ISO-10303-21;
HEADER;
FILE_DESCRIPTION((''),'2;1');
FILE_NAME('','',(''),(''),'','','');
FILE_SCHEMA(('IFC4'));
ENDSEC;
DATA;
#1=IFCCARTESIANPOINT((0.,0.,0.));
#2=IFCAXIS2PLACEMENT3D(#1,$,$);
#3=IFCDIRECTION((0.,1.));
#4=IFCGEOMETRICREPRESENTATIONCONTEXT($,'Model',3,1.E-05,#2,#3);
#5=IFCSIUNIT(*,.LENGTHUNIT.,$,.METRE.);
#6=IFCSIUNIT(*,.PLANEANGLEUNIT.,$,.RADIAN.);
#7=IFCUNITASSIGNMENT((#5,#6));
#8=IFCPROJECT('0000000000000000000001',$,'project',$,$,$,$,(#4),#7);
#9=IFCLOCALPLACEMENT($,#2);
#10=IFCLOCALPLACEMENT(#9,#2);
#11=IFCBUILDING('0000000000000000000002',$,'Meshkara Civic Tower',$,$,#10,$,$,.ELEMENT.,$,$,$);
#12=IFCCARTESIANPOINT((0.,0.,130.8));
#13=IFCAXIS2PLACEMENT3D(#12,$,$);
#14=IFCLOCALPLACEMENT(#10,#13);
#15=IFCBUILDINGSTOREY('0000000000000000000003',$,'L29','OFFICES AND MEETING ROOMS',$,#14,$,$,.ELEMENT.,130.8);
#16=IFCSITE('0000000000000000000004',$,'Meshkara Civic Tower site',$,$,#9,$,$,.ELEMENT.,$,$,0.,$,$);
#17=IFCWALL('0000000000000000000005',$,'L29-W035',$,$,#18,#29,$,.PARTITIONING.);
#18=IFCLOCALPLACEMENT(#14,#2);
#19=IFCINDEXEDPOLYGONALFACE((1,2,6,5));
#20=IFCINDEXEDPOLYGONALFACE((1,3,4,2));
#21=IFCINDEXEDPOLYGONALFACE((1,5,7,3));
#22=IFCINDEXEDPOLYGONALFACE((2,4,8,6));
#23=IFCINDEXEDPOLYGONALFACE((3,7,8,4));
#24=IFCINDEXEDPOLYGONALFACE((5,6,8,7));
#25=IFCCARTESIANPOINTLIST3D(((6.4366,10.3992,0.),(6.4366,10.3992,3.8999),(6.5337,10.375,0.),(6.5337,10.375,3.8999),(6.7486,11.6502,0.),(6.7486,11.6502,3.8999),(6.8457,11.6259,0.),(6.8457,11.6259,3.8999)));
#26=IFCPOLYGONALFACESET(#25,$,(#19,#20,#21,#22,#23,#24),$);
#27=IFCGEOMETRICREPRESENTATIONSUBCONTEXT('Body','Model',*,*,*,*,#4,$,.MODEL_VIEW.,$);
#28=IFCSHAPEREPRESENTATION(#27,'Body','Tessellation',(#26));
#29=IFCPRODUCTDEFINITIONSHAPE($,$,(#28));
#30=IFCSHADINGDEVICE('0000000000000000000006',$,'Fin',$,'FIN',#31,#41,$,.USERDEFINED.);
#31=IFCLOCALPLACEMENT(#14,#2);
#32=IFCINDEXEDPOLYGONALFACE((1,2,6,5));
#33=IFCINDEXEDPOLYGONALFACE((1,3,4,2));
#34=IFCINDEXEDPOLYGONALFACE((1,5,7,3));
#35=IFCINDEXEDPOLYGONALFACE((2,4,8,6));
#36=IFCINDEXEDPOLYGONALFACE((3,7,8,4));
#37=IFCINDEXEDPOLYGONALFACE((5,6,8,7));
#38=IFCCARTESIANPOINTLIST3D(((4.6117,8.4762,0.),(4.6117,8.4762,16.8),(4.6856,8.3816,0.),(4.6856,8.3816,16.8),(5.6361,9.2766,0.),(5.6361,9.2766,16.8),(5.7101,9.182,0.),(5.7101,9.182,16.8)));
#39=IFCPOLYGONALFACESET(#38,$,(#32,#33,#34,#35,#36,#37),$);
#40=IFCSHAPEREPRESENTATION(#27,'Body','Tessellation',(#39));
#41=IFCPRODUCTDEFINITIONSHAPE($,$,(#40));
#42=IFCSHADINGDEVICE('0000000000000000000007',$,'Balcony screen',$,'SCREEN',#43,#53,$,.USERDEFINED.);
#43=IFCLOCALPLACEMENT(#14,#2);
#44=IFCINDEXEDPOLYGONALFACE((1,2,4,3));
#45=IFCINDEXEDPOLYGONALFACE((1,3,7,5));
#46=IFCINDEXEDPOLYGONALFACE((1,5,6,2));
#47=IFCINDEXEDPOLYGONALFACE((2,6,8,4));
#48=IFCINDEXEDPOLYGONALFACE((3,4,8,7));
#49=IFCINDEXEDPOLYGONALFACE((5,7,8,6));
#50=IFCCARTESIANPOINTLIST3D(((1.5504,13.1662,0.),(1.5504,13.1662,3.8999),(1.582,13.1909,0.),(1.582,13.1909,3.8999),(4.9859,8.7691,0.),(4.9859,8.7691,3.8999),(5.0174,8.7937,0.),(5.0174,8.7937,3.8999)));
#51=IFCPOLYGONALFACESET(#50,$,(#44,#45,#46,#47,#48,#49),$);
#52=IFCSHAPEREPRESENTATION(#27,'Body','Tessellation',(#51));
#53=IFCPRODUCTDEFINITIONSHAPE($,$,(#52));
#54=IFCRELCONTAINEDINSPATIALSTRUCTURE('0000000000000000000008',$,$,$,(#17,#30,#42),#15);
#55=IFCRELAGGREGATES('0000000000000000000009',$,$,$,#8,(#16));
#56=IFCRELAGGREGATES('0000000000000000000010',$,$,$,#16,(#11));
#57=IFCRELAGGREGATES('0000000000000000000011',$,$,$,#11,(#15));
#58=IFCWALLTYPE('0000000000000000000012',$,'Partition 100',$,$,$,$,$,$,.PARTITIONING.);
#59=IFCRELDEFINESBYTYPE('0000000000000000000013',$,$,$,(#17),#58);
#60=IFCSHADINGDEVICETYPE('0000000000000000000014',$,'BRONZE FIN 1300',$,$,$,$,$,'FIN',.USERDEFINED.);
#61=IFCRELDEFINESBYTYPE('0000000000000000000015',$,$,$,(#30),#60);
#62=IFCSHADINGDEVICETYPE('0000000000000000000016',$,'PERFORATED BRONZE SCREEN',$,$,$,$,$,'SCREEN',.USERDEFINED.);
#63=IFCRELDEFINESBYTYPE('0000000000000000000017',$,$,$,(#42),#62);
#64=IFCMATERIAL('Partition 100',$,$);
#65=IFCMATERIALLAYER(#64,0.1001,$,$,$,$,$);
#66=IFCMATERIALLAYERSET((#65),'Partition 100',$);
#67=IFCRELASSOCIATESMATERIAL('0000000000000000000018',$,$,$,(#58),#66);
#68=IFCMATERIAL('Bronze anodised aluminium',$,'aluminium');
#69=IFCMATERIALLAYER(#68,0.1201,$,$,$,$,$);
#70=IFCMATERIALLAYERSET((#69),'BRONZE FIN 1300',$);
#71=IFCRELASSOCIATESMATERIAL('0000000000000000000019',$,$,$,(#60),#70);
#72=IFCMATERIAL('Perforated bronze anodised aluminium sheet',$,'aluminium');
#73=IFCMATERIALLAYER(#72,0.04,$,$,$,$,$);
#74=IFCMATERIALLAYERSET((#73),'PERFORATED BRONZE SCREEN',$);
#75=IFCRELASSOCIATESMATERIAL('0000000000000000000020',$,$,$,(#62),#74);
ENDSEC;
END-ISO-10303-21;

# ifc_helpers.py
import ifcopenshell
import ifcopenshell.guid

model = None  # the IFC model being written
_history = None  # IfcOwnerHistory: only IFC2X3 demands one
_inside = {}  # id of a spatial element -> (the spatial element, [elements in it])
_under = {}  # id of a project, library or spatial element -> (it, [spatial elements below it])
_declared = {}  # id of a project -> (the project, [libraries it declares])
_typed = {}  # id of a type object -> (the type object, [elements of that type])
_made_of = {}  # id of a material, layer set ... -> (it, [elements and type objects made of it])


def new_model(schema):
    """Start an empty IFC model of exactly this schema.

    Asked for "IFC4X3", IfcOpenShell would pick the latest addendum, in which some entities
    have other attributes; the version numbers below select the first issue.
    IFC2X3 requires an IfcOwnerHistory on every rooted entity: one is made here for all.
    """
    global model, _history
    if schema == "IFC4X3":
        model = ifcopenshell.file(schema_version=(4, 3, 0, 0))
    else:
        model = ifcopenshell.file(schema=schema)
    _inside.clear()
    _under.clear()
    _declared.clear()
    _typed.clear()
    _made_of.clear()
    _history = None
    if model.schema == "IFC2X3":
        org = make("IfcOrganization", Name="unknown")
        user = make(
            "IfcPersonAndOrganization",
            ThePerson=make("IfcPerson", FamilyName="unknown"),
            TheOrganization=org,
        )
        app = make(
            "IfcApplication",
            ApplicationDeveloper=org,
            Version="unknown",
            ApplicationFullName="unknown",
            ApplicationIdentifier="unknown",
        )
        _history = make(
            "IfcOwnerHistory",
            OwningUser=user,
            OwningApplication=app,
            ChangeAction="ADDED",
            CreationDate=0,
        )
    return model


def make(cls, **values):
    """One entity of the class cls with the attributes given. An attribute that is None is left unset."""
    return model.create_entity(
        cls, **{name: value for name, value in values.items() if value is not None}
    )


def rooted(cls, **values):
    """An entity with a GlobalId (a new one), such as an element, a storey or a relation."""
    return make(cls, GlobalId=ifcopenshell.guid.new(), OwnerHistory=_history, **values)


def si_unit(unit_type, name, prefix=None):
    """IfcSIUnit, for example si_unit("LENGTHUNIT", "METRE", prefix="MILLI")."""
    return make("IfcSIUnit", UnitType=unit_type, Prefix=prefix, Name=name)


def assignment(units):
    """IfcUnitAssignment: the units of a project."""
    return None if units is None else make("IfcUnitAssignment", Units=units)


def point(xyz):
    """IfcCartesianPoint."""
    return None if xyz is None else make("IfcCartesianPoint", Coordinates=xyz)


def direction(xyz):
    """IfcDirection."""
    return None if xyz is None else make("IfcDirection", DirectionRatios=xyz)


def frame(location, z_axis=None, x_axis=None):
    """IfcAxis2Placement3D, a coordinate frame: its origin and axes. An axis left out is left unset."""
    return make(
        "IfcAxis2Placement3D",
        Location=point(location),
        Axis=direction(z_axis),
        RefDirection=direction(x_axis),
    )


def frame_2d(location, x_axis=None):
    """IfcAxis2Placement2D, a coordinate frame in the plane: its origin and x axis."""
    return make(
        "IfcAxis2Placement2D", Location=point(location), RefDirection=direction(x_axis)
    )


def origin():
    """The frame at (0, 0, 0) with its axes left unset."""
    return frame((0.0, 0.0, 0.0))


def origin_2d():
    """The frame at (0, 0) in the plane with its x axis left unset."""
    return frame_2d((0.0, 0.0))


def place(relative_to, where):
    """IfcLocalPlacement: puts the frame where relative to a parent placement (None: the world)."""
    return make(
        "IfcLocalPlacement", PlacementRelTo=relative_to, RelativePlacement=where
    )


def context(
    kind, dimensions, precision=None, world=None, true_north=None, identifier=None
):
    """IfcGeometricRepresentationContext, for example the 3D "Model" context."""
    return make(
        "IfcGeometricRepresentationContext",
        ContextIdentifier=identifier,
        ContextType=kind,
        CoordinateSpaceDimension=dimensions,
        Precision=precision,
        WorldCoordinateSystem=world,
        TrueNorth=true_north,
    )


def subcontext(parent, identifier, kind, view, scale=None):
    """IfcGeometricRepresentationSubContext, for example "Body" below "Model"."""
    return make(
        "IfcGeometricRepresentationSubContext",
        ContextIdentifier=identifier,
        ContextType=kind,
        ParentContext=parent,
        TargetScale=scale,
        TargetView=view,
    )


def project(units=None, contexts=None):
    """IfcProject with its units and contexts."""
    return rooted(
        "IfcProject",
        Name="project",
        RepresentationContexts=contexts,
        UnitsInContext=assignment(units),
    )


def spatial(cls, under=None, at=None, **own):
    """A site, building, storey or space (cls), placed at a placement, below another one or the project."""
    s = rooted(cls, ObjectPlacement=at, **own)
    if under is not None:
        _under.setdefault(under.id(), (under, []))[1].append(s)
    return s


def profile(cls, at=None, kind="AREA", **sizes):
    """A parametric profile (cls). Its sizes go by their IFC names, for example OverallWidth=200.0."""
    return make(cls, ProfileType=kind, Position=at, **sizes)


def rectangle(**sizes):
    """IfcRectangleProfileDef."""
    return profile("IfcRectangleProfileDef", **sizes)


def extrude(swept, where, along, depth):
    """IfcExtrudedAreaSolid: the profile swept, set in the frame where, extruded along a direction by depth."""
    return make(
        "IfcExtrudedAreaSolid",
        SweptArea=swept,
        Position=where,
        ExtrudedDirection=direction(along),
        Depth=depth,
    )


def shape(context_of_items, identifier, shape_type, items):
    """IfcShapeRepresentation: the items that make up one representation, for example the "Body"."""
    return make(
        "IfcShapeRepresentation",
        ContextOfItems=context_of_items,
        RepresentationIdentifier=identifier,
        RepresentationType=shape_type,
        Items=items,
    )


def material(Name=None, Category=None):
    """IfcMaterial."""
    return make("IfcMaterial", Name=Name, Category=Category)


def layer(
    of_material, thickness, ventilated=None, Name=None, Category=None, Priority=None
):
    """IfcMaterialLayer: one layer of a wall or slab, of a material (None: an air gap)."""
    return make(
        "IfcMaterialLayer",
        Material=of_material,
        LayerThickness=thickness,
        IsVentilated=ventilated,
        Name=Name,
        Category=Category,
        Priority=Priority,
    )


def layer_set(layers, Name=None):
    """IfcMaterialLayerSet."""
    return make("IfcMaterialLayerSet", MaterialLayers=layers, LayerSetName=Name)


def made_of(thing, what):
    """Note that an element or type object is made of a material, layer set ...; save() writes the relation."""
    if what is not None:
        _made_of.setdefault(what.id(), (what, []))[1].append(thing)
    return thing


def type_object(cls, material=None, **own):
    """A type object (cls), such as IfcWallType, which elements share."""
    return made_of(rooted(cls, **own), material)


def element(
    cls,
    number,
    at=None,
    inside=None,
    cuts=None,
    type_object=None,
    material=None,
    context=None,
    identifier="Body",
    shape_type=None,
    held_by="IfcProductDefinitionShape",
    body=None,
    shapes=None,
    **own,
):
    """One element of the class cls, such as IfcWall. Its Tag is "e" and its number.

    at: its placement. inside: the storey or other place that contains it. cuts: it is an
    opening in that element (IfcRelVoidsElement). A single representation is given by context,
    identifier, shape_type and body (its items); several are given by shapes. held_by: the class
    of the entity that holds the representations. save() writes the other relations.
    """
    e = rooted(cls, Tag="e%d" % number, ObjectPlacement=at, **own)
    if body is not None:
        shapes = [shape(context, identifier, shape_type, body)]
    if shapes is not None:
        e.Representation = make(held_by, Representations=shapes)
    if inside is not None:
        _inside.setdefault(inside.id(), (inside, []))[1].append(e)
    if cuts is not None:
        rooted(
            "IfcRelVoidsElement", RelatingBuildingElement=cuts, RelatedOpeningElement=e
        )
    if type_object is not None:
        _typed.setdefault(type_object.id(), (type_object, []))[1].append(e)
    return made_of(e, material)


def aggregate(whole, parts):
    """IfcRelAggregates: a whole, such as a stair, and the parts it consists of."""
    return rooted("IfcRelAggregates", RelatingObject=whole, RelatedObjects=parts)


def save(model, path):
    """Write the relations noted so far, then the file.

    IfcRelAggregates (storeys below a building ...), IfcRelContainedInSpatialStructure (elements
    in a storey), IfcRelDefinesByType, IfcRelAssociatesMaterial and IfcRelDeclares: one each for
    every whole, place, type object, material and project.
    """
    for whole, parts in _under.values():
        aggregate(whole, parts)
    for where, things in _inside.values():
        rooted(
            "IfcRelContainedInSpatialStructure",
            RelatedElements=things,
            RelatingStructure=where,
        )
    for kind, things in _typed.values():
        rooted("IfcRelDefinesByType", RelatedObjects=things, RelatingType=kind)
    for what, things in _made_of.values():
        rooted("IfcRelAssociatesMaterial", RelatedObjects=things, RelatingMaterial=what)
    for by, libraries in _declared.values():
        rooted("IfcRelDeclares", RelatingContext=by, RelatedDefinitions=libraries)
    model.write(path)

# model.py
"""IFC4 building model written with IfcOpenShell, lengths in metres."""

from ifc_helpers import new_model, si_unit, direction, frame, frame_2d, origin, origin_2d, place, context, subcontext, project, spatial, rectangle, extrude, material, layer, layer_set, type_object, element, save


model = new_model("IFC4")

# Units and contexts
model_context = context("Model", 3, precision=1e-05, world=origin(), true_north=direction((0.0, 1.0)))
body_context = subcontext(model_context, "Body", "Model", "MODEL_VIEW")
ifc_project = project(units=[si_unit("LENGTHUNIT", "METRE"), si_unit("PLANEANGLEUNIT", "RADIAN")], contexts=[model_context])

# Site, building, storey
site_placement = place(None, origin())
site = spatial("IfcSite", under=ifc_project, at=site_placement, Name="Meshkara Civic Tower site", CompositionType="ELEMENT", RefElevation=0.0)
building_placement = place(site_placement, origin())
building = spatial("IfcBuilding", under=site, at=building_placement, Name="Meshkara Civic Tower", CompositionType="ELEMENT")
storey_placement = place(building_placement, frame((0.0, 0.0, 130.8)))
storey = spatial("IfcBuildingStorey", under=building, at=storey_placement, Name="L29", Description="OFFICES AND MEETING ROOMS", CompositionType="ELEMENT", Elevation=130.8)

# Wall
ifc_material_1 = material(Name="Partition 100")
ifc_layer_1 = layer(ifc_material_1, 0.1001)
ifc_layer_set_1 = layer_set([ifc_layer_1], Name="Partition 100")
wall_type_1 = type_object("IfcWallType", Name="Partition 100", PredefinedType="PARTITIONING", material=ifc_layer_set_1)
wall_1_placement = place(storey_placement, frame((6.7971, 11.6379, 0.0), z_axis=(0.0, 0.0, 1.0), x_axis=(-0.242001, -0.970276, 0.0)))
element("IfcWall", 1, at=wall_1_placement, inside=storey, type_object=wall_type_1, Name="L29-W035", PredefinedType="PARTITIONING", context=body_context, shape_type="SweptSolid", body=[
    extrude(rectangle(XDim=1.2893, YDim=0.1001, at=frame_2d((0.6445, 0.0))), origin(), (0.0, 0.0, 1.0), 3.8999),
])

# Shading devices
ifc_material_2 = material(Name="Bronze anodised aluminium", Category="aluminium")
ifc_layer_2 = layer(ifc_material_2, 0.1201)
ifc_layer_set_2 = layer_set([ifc_layer_2], Name="BRONZE FIN 1300")
shading_device_type_1 = type_object("IfcShadingDeviceType", Name="BRONZE FIN 1300", ElementType="FIN", PredefinedType="USERDEFINED", material=ifc_layer_set_2)
shading_device_1_placement = place(storey_placement, frame((5.1609, 8.8291, 0.0), z_axis=(0.0, 0.0, 1.0), x_axis=(0.615661, -0.788011, 0.0)))
element("IfcShadingDevice", 2, at=shading_device_1_placement, inside=storey, type_object=shading_device_type_1, Name="Fin", ObjectType="FIN", PredefinedType="USERDEFINED", context=body_context, shape_type="SweptSolid", body=[
    extrude(rectangle(XDim=0.1201, YDim=1.3, at=origin_2d()), origin(), (0.0, 0.0, 1.0), 16.8),
])
ifc_material_3 = material(Name="Perforated bronze anodised aluminium sheet", Category="aluminium")
ifc_layer_3 = layer(ifc_material_3, 0.04)
ifc_layer_set_3 = layer_set([ifc_layer_3], Name="PERFORATED BRONZE SCREEN")
shading_device_type_2 = type_object("IfcShadingDeviceType", Name="PERFORATED BRONZE SCREEN", ElementType="SCREEN", PredefinedType="USERDEFINED", material=ifc_layer_set_3)
shading_device_2_placement = place(storey_placement, frame((3.2839, 10.98, 0.0), z_axis=(0.0, 0.0, 1.0), x_axis=(0.615661, -0.788011, 0.0)))
element("IfcShadingDevice", 3, at=shading_device_2_placement, inside=storey, type_object=shading_device_type_2, Name="Balcony screen", ObjectType="SCREEN", PredefinedType="USERDEFINED", context=body_context, shape_type="SweptSolid", body=[
    extrude(rectangle(XDim=5.5801, YDim=0.04, at=origin_2d()), origin(), (0.0, 0.0, 1.0), 3.8999),
])

save(model, "model.ifc")
